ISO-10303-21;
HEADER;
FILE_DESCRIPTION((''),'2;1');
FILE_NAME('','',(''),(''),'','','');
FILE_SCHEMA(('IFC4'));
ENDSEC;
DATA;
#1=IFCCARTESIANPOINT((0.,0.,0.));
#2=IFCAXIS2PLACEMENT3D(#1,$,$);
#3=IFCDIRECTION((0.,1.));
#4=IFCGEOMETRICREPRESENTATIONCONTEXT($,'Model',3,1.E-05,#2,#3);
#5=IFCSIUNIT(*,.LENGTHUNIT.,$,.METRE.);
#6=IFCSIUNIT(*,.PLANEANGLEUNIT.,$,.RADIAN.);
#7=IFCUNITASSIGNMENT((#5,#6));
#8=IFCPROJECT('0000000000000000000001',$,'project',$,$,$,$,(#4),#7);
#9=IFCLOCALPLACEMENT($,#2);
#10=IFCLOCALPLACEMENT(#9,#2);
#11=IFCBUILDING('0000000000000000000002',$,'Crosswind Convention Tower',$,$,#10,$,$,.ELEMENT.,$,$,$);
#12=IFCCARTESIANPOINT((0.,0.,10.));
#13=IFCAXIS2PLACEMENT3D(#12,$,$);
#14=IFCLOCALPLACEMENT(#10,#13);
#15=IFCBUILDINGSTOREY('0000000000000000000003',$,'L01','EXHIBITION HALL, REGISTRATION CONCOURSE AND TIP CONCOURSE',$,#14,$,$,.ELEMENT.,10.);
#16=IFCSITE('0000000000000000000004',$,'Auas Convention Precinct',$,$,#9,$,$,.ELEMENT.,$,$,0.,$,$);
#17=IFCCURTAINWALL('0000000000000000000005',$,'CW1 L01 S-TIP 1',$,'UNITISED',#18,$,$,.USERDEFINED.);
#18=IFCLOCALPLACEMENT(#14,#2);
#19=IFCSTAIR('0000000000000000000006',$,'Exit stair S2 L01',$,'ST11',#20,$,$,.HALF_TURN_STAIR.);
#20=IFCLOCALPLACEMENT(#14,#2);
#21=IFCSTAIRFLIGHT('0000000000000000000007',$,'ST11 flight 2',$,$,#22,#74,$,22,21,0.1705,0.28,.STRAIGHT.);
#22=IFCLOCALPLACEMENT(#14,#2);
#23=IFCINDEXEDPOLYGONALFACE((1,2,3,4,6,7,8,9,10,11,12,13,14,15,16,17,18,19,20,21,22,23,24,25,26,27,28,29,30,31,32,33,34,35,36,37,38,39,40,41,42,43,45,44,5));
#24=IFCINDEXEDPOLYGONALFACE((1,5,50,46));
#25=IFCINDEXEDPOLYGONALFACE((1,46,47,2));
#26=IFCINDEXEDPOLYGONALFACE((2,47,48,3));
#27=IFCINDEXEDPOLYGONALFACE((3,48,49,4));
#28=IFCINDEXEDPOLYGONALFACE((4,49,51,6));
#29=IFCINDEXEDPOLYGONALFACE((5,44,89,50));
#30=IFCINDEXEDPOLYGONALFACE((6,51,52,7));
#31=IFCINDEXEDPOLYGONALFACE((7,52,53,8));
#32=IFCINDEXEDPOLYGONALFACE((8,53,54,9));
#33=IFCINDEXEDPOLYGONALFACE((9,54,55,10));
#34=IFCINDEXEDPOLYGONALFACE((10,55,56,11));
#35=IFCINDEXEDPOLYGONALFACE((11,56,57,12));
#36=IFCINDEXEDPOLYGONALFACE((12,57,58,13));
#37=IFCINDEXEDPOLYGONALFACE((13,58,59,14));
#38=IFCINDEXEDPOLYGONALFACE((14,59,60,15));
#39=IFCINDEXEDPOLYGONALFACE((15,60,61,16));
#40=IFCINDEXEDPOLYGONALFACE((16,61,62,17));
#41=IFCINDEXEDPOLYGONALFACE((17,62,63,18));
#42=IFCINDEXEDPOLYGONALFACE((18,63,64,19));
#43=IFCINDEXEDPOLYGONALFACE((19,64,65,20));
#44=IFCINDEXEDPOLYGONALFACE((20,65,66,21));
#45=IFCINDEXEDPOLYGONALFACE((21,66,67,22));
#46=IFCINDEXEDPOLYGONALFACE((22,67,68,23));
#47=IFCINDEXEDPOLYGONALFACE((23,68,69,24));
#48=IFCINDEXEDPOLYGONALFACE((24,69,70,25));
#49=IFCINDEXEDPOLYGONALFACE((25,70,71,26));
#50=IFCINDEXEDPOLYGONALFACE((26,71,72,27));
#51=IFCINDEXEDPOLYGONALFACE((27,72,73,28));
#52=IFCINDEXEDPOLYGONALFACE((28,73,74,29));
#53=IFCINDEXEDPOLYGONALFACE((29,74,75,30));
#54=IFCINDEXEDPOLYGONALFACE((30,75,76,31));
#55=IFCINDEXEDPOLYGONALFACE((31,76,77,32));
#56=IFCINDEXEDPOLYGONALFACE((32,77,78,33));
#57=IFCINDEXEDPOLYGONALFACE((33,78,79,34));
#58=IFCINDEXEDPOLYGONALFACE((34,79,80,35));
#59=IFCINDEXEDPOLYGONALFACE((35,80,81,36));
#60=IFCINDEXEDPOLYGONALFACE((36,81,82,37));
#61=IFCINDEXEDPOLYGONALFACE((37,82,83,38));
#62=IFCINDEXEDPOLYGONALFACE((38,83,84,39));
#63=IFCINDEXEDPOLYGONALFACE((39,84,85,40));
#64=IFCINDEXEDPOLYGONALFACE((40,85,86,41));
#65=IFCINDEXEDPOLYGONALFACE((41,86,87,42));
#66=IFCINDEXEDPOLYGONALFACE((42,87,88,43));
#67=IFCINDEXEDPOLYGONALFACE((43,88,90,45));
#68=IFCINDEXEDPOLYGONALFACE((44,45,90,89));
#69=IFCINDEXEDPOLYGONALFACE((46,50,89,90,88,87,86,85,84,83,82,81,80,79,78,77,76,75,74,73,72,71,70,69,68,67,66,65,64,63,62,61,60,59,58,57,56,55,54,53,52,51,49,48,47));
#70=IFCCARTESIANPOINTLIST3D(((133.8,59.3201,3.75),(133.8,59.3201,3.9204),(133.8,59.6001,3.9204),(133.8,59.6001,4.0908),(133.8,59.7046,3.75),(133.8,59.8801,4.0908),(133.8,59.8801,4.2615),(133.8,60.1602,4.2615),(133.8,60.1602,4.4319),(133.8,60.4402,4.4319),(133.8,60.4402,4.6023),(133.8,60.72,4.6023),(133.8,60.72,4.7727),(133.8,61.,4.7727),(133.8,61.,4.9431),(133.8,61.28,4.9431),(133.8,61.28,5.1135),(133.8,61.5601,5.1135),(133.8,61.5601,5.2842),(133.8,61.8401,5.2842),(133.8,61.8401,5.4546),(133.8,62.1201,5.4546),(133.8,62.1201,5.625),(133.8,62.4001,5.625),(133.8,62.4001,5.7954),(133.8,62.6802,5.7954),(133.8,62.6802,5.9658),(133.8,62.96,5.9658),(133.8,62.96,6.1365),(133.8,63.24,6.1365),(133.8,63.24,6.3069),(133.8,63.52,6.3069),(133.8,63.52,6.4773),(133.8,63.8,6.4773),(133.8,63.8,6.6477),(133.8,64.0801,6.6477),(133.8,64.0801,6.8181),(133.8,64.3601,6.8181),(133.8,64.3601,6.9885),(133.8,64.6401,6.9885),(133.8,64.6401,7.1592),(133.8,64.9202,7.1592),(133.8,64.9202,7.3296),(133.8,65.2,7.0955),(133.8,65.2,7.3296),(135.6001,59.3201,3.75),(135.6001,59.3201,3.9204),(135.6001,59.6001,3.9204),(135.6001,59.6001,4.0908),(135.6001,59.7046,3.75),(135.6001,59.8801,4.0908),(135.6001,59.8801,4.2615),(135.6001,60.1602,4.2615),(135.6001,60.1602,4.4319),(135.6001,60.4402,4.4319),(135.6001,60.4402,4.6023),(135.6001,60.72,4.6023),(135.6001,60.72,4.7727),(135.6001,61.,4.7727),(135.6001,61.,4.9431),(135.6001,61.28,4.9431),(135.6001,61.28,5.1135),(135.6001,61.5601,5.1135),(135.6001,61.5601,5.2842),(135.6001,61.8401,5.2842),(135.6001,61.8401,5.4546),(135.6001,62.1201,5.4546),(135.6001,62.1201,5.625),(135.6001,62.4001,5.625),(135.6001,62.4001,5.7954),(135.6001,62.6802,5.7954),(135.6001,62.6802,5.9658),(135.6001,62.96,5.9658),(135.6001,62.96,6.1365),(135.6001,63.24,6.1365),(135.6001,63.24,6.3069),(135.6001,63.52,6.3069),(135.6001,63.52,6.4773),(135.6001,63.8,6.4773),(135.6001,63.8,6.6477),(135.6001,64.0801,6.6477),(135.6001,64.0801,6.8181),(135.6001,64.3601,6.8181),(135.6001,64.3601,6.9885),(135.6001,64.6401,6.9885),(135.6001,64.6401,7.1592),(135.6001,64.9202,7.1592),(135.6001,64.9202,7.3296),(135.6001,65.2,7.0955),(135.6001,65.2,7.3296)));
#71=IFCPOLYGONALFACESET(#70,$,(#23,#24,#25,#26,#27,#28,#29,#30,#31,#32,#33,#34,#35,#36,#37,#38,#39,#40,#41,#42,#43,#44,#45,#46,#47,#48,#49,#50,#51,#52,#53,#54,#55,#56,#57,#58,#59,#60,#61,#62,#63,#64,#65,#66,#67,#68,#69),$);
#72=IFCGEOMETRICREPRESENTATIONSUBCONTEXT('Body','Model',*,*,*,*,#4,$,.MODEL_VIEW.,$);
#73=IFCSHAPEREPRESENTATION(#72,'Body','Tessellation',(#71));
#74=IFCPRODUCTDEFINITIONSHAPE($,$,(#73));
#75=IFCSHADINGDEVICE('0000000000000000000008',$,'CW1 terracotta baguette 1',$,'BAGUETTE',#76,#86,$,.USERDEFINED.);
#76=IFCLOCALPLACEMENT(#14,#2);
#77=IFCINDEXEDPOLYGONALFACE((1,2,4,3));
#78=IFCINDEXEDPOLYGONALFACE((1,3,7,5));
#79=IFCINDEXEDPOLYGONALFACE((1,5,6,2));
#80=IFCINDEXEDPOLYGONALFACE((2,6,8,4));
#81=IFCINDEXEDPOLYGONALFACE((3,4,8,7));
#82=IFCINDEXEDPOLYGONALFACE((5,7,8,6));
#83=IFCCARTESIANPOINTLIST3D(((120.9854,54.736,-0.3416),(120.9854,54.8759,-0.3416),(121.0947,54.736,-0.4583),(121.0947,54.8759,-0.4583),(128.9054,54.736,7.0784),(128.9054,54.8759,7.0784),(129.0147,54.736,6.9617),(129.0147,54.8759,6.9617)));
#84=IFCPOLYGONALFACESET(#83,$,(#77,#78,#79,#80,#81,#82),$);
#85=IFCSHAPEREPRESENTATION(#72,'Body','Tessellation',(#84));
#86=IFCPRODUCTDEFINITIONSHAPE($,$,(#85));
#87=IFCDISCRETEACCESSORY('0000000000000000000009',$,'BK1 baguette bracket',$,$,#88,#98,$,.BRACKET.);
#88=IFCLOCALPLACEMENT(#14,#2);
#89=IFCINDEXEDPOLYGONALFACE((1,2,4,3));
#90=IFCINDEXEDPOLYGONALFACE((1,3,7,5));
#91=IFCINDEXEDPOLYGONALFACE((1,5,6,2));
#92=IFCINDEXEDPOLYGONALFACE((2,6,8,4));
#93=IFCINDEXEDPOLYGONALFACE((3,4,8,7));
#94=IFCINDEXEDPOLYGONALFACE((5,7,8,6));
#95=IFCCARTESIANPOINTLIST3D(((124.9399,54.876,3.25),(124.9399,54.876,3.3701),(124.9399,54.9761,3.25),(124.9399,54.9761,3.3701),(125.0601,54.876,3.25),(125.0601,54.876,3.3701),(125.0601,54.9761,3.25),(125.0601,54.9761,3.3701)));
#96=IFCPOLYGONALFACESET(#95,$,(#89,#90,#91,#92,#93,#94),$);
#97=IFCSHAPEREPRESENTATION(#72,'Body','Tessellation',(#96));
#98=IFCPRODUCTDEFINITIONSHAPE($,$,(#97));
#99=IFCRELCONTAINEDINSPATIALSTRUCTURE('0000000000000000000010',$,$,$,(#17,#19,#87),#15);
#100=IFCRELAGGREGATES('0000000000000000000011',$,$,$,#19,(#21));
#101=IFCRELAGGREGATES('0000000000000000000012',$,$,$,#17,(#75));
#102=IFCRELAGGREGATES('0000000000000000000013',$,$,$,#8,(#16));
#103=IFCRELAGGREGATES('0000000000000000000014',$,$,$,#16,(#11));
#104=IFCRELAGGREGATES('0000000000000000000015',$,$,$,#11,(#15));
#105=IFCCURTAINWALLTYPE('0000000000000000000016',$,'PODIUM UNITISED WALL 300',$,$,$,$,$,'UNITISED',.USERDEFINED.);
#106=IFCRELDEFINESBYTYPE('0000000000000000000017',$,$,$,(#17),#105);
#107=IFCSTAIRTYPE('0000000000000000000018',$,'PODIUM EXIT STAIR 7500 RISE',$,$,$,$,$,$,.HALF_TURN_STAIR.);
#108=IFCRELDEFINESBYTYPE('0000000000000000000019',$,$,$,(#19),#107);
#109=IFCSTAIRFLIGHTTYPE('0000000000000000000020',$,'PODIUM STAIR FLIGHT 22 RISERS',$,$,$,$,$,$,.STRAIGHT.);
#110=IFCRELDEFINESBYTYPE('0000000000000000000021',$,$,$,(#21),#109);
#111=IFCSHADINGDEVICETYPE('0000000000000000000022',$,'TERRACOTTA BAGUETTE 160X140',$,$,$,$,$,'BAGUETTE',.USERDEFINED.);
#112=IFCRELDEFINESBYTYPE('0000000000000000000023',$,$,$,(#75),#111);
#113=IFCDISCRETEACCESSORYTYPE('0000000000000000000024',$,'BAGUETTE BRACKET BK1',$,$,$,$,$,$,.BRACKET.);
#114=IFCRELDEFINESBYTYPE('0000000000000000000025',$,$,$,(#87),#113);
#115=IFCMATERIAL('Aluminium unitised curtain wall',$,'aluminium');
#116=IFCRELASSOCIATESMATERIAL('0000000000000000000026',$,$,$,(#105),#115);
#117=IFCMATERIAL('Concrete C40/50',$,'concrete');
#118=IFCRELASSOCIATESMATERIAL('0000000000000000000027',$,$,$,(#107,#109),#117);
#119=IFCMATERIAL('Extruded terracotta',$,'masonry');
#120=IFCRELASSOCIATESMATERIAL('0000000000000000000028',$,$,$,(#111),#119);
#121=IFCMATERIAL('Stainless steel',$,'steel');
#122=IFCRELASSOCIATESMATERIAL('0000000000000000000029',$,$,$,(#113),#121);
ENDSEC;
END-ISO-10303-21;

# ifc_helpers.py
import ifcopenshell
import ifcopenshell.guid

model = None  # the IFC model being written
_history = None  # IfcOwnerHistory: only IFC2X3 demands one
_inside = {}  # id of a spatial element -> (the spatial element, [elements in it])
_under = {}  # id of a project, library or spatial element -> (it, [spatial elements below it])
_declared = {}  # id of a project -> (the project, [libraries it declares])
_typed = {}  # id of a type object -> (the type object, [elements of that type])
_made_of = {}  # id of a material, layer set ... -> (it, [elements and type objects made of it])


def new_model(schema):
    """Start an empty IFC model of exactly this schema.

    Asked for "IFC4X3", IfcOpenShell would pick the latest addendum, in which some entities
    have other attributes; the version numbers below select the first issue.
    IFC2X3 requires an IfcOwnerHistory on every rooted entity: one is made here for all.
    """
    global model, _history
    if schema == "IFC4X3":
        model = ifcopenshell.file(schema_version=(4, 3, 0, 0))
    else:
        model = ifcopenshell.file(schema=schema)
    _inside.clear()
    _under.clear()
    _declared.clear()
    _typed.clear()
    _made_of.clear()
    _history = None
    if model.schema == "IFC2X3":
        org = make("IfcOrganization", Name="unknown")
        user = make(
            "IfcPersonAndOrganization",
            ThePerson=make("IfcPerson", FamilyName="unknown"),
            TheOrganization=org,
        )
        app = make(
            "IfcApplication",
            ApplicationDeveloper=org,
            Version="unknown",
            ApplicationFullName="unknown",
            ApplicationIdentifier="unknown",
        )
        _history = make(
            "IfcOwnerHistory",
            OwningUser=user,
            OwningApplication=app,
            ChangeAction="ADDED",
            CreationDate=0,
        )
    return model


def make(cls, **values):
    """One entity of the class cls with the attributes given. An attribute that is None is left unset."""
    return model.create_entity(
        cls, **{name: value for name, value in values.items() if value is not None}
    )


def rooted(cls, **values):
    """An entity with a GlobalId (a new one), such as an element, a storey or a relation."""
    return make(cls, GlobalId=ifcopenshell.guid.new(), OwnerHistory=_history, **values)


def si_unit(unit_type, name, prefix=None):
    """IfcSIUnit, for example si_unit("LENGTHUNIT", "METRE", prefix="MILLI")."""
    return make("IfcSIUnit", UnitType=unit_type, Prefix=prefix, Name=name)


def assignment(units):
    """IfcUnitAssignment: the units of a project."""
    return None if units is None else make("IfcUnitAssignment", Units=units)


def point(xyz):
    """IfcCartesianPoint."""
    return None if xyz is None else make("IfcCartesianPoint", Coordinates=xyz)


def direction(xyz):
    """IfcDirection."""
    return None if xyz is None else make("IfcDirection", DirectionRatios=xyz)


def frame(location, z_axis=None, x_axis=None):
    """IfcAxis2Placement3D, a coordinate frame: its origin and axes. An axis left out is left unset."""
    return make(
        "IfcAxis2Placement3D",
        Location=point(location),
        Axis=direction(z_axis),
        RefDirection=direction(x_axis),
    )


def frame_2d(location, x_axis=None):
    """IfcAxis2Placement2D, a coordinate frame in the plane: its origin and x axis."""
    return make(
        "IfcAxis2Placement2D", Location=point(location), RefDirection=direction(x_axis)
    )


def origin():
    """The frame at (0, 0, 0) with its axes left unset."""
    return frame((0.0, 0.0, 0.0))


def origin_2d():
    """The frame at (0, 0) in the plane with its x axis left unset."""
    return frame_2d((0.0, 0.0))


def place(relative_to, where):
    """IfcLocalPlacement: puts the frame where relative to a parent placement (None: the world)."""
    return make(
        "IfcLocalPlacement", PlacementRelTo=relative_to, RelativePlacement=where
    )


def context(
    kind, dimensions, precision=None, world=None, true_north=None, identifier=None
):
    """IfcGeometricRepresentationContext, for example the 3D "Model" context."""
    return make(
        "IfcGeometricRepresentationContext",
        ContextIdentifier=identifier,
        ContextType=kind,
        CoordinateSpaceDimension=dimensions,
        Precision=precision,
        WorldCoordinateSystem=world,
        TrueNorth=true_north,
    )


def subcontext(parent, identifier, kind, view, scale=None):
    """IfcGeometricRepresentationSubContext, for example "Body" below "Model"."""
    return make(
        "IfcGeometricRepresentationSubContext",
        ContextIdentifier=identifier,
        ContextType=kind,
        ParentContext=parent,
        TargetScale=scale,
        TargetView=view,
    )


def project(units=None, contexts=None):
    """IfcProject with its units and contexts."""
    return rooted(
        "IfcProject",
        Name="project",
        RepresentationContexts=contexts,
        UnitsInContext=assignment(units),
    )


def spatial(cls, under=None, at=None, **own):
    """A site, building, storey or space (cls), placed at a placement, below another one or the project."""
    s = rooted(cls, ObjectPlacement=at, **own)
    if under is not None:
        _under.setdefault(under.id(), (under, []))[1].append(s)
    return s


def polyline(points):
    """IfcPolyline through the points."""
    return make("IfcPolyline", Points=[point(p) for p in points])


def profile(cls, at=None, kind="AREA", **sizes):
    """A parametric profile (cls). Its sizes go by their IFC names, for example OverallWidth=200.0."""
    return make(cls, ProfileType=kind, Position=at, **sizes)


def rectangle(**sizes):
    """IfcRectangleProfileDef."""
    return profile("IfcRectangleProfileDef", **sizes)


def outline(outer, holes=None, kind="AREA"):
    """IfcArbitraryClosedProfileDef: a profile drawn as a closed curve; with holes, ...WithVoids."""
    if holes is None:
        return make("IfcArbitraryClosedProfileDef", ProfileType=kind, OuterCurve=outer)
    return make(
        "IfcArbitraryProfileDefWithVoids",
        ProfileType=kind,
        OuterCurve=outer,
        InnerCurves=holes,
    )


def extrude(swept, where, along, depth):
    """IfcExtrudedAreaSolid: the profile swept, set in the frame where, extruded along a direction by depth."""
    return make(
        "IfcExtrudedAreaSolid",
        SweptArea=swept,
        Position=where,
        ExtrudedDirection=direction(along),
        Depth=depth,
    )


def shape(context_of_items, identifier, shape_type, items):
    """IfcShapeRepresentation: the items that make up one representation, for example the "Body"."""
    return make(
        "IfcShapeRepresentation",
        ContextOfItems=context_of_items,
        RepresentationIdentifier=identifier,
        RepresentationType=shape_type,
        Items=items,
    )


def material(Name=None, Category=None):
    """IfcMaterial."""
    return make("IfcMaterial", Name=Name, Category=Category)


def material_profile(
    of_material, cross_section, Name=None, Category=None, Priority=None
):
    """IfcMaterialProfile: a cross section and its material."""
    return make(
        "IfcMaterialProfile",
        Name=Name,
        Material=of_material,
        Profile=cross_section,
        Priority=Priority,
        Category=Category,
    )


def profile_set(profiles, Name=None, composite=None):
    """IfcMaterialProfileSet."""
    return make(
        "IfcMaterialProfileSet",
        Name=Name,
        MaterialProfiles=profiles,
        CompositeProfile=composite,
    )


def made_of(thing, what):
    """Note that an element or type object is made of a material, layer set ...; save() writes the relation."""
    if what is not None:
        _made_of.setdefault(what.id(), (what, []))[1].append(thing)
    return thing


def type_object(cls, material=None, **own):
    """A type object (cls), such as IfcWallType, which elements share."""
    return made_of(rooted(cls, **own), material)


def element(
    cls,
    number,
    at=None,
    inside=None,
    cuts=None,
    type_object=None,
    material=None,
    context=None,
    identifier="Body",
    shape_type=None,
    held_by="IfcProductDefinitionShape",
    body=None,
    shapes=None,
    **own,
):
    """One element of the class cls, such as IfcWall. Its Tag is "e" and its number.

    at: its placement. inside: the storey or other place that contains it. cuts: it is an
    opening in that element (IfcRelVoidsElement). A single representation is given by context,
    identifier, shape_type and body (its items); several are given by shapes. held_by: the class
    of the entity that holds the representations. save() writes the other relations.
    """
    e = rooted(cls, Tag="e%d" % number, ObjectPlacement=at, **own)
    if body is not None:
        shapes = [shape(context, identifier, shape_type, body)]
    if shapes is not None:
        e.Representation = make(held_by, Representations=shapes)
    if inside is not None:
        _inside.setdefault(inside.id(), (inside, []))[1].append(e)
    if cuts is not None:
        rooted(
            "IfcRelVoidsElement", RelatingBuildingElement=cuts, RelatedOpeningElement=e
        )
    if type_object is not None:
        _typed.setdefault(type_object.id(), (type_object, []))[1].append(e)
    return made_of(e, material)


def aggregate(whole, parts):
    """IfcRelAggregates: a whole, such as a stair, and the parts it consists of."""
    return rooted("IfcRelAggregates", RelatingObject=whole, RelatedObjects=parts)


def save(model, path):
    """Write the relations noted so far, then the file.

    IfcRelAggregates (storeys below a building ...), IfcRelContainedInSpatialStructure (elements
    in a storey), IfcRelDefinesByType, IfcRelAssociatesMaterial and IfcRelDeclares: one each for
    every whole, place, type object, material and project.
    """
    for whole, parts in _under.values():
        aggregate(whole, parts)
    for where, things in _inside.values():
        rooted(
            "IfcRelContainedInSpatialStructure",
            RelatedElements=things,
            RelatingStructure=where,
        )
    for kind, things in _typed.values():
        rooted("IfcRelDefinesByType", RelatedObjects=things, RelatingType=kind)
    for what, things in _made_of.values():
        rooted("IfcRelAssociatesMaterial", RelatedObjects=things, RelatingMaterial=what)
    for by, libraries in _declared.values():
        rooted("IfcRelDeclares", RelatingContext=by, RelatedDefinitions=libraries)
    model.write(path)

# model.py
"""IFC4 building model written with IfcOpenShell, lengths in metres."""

from ifc_helpers import new_model, si_unit, direction, frame, origin, origin_2d, place, context, subcontext, project, spatial, polyline, rectangle, outline, extrude, material, material_profile, profile_set, type_object, element, aggregate, save


model = new_model("IFC4")

# Units and contexts
model_context = context("Model", 3, precision=1e-05, world=origin(), true_north=direction((0.0, 1.0)))
body_context = subcontext(model_context, "Body", "Model", "MODEL_VIEW")
ifc_project = project(units=[si_unit("LENGTHUNIT", "METRE"), si_unit("PLANEANGLEUNIT", "RADIAN")], contexts=[model_context])

# Site, building, storey
site_placement = place(None, origin())
site = spatial("IfcSite", under=ifc_project, at=site_placement, Name="Auas Convention Precinct", CompositionType="ELEMENT", RefElevation=0.0)
building_placement = place(site_placement, origin())
building = spatial("IfcBuilding", under=site, at=building_placement, Name="Crosswind Convention Tower", CompositionType="ELEMENT")
storey_placement = place(building_placement, frame((0.0, 0.0, 10.0)))
storey = spatial("IfcBuildingStorey", under=building, at=storey_placement, Name="L01", Description="EXHIBITION HALL, REGISTRATION CONCOURSE AND TIP CONCOURSE", CompositionType="ELEMENT", Elevation=10.0)

# Curtain wall
ifc_material_1 = material(Name="Aluminium unitised curtain wall", Category="aluminium")
curtain_wall_type = type_object("IfcCurtainWallType", Name="PODIUM UNITISED WALL 300", ElementType="UNITISED", PredefinedType="USERDEFINED", material=ifc_material_1)
curtain_wall_1_placement = place(storey_placement, origin())
curtain_wall_1 = element("IfcCurtainWall", 1, at=curtain_wall_1_placement, inside=storey, type_object=curtain_wall_type, Name="CW1 L01 S-TIP 1", ObjectType="UNITISED", PredefinedType="USERDEFINED")

# Shared definitions
ifc_material_2 = material(Name="Concrete C40/50", Category="concrete")

# Stair, stair flight
stair_type = type_object("IfcStairType", Name="PODIUM EXIT STAIR 7500 RISE", PredefinedType="HALF_TURN_STAIR", material=ifc_material_2)
stair_placement = place(storey_placement, origin())
stair = element("IfcStair", 2, at=stair_placement, inside=storey, type_object=stair_type, Name="Exit stair S2 L01", ObjectType="ST11", PredefinedType="HALF_TURN_STAIR")
stair_flight_type = type_object("IfcStairFlightType", Name="PODIUM STAIR FLIGHT 22 RISERS", PredefinedType="STRAIGHT", material=ifc_material_2)
stair_flight_1_placement = place(storey_placement, frame((134.7, 59.3201, 3.75), z_axis=(0.0, 0.0, 1.0), x_axis=(0.0, 1.0, 0.0)))
stair_flight_1 = element("IfcStairFlight", 3, at=stair_flight_1_placement, type_object=stair_flight_type, Name="ST11 flight 2", NumberOfRisers=22, NumberOfTreads=21, PredefinedType="STRAIGHT", RiserHeight=0.1705, TreadLength=0.28, context=body_context, shape_type="SweptSolid", body=[
    extrude(outline(polyline([(0.0, 0.0), (0.0, 0.1704), (0.28, 0.1704), (0.28, 0.3408), (0.5601, 0.3408), (0.5601, 0.5115), (0.8401, 0.5115), (0.8401, 0.6819), (1.1201, 0.6819), (1.1201, 0.8523), (1.3999, 0.8523), (1.3999, 1.0227), (1.6799, 1.0227), (1.6799, 1.1931), (1.96, 1.1931), (1.96, 1.3635), (2.24, 1.3635), (2.24, 1.5342), (2.52, 1.5342), (2.52, 1.7046), (2.8, 1.7046), (2.8, 1.875), (3.0801, 1.875), (3.0801, 2.0454), (3.3601, 2.0454), (3.3601, 2.2158), (3.6399, 2.2158), (3.6399, 2.3865), (3.9199, 2.3865), (3.9199, 2.5569), (4.2, 2.5569), (4.2, 2.7273), (4.48, 2.7273), (4.48, 2.8977), (4.76, 2.8977), (4.76, 3.0681), (5.04, 3.0681), (5.04, 3.2385), (5.3201, 3.2385), (5.3201, 3.4092), (5.6001, 3.4092), (5.6001, 3.5796), (5.8799, 3.5796), (5.8799, 3.75), (5.8799, 3.3455), (0.3845, 0.0), (0.0, 0.0)])), frame((0.0, 0.8999, 0.0), z_axis=(0.0, -1.0, 0.0), x_axis=(1.0, 0.0, 0.0)), (0.0, 0.0, 1.0), 1.8),
])
aggregate(stair, [stair_flight_1])

# Shared definitions
ifc_material_3 = material(Name="Stainless steel", Category="steel")

# Shading device
ifc_material_4 = material(Name="Extruded terracotta", Category="masonry")
ifc_material_profile_1 = material_profile(ifc_material_4, rectangle(XDim=0.1399, YDim=0.1599, at=origin_2d()), Name="TC 140X160")
ifc_profile_set_1 = profile_set([ifc_material_profile_1], Name="Extruded terracotta")
shading_device_type = type_object("IfcShadingDeviceType", Name="TERRACOTTA BAGUETTE 160X140", ElementType="BAGUETTE", PredefinedType="USERDEFINED", material=ifc_profile_set_1)
shading_device_placement = place(storey_placement, frame((121.04, 54.8059, -0.3999), z_axis=(0.729767, 0.0, 0.683696), x_axis=(0.0, 1.0, 0.0)))
shading_device = element("IfcShadingDevice", 4, at=shading_device_placement, type_object=shading_device_type, Name="CW1 terracotta baguette 1", ObjectType="BAGUETTE", PredefinedType="USERDEFINED", context=body_context, shape_type="SweptSolid", body=[
    extrude(rectangle(XDim=0.1399, YDim=0.1599, at=origin_2d()), origin(), (0.0, 0.0, 1.0), 10.8528),
])
aggregate(curtain_wall_1, [shading_device])

# Discrete accessory
discrete_accessory_type = type_object("IfcDiscreteAccessoryType", Name="BAGUETTE BRACKET BK1", PredefinedType="BRACKET", material=ifc_material_3)
discrete_accessory_placement = place(storey_placement, frame((125.0, 54.926, 3.25), z_axis=(0.0, 0.0, 1.0), x_axis=(1.0, 0.0, 0.0)))
element("IfcDiscreteAccessory", 5, at=discrete_accessory_placement, inside=storey, type_object=discrete_accessory_type, Name="BK1 baguette bracket", PredefinedType="BRACKET", context=body_context, shape_type="SweptSolid", body=[
    extrude(rectangle(XDim=0.1201, YDim=0.1001, at=origin_2d()), origin(), (0.0, 0.0, 1.0), 0.1201),
])

save(model, "model.ifc")
